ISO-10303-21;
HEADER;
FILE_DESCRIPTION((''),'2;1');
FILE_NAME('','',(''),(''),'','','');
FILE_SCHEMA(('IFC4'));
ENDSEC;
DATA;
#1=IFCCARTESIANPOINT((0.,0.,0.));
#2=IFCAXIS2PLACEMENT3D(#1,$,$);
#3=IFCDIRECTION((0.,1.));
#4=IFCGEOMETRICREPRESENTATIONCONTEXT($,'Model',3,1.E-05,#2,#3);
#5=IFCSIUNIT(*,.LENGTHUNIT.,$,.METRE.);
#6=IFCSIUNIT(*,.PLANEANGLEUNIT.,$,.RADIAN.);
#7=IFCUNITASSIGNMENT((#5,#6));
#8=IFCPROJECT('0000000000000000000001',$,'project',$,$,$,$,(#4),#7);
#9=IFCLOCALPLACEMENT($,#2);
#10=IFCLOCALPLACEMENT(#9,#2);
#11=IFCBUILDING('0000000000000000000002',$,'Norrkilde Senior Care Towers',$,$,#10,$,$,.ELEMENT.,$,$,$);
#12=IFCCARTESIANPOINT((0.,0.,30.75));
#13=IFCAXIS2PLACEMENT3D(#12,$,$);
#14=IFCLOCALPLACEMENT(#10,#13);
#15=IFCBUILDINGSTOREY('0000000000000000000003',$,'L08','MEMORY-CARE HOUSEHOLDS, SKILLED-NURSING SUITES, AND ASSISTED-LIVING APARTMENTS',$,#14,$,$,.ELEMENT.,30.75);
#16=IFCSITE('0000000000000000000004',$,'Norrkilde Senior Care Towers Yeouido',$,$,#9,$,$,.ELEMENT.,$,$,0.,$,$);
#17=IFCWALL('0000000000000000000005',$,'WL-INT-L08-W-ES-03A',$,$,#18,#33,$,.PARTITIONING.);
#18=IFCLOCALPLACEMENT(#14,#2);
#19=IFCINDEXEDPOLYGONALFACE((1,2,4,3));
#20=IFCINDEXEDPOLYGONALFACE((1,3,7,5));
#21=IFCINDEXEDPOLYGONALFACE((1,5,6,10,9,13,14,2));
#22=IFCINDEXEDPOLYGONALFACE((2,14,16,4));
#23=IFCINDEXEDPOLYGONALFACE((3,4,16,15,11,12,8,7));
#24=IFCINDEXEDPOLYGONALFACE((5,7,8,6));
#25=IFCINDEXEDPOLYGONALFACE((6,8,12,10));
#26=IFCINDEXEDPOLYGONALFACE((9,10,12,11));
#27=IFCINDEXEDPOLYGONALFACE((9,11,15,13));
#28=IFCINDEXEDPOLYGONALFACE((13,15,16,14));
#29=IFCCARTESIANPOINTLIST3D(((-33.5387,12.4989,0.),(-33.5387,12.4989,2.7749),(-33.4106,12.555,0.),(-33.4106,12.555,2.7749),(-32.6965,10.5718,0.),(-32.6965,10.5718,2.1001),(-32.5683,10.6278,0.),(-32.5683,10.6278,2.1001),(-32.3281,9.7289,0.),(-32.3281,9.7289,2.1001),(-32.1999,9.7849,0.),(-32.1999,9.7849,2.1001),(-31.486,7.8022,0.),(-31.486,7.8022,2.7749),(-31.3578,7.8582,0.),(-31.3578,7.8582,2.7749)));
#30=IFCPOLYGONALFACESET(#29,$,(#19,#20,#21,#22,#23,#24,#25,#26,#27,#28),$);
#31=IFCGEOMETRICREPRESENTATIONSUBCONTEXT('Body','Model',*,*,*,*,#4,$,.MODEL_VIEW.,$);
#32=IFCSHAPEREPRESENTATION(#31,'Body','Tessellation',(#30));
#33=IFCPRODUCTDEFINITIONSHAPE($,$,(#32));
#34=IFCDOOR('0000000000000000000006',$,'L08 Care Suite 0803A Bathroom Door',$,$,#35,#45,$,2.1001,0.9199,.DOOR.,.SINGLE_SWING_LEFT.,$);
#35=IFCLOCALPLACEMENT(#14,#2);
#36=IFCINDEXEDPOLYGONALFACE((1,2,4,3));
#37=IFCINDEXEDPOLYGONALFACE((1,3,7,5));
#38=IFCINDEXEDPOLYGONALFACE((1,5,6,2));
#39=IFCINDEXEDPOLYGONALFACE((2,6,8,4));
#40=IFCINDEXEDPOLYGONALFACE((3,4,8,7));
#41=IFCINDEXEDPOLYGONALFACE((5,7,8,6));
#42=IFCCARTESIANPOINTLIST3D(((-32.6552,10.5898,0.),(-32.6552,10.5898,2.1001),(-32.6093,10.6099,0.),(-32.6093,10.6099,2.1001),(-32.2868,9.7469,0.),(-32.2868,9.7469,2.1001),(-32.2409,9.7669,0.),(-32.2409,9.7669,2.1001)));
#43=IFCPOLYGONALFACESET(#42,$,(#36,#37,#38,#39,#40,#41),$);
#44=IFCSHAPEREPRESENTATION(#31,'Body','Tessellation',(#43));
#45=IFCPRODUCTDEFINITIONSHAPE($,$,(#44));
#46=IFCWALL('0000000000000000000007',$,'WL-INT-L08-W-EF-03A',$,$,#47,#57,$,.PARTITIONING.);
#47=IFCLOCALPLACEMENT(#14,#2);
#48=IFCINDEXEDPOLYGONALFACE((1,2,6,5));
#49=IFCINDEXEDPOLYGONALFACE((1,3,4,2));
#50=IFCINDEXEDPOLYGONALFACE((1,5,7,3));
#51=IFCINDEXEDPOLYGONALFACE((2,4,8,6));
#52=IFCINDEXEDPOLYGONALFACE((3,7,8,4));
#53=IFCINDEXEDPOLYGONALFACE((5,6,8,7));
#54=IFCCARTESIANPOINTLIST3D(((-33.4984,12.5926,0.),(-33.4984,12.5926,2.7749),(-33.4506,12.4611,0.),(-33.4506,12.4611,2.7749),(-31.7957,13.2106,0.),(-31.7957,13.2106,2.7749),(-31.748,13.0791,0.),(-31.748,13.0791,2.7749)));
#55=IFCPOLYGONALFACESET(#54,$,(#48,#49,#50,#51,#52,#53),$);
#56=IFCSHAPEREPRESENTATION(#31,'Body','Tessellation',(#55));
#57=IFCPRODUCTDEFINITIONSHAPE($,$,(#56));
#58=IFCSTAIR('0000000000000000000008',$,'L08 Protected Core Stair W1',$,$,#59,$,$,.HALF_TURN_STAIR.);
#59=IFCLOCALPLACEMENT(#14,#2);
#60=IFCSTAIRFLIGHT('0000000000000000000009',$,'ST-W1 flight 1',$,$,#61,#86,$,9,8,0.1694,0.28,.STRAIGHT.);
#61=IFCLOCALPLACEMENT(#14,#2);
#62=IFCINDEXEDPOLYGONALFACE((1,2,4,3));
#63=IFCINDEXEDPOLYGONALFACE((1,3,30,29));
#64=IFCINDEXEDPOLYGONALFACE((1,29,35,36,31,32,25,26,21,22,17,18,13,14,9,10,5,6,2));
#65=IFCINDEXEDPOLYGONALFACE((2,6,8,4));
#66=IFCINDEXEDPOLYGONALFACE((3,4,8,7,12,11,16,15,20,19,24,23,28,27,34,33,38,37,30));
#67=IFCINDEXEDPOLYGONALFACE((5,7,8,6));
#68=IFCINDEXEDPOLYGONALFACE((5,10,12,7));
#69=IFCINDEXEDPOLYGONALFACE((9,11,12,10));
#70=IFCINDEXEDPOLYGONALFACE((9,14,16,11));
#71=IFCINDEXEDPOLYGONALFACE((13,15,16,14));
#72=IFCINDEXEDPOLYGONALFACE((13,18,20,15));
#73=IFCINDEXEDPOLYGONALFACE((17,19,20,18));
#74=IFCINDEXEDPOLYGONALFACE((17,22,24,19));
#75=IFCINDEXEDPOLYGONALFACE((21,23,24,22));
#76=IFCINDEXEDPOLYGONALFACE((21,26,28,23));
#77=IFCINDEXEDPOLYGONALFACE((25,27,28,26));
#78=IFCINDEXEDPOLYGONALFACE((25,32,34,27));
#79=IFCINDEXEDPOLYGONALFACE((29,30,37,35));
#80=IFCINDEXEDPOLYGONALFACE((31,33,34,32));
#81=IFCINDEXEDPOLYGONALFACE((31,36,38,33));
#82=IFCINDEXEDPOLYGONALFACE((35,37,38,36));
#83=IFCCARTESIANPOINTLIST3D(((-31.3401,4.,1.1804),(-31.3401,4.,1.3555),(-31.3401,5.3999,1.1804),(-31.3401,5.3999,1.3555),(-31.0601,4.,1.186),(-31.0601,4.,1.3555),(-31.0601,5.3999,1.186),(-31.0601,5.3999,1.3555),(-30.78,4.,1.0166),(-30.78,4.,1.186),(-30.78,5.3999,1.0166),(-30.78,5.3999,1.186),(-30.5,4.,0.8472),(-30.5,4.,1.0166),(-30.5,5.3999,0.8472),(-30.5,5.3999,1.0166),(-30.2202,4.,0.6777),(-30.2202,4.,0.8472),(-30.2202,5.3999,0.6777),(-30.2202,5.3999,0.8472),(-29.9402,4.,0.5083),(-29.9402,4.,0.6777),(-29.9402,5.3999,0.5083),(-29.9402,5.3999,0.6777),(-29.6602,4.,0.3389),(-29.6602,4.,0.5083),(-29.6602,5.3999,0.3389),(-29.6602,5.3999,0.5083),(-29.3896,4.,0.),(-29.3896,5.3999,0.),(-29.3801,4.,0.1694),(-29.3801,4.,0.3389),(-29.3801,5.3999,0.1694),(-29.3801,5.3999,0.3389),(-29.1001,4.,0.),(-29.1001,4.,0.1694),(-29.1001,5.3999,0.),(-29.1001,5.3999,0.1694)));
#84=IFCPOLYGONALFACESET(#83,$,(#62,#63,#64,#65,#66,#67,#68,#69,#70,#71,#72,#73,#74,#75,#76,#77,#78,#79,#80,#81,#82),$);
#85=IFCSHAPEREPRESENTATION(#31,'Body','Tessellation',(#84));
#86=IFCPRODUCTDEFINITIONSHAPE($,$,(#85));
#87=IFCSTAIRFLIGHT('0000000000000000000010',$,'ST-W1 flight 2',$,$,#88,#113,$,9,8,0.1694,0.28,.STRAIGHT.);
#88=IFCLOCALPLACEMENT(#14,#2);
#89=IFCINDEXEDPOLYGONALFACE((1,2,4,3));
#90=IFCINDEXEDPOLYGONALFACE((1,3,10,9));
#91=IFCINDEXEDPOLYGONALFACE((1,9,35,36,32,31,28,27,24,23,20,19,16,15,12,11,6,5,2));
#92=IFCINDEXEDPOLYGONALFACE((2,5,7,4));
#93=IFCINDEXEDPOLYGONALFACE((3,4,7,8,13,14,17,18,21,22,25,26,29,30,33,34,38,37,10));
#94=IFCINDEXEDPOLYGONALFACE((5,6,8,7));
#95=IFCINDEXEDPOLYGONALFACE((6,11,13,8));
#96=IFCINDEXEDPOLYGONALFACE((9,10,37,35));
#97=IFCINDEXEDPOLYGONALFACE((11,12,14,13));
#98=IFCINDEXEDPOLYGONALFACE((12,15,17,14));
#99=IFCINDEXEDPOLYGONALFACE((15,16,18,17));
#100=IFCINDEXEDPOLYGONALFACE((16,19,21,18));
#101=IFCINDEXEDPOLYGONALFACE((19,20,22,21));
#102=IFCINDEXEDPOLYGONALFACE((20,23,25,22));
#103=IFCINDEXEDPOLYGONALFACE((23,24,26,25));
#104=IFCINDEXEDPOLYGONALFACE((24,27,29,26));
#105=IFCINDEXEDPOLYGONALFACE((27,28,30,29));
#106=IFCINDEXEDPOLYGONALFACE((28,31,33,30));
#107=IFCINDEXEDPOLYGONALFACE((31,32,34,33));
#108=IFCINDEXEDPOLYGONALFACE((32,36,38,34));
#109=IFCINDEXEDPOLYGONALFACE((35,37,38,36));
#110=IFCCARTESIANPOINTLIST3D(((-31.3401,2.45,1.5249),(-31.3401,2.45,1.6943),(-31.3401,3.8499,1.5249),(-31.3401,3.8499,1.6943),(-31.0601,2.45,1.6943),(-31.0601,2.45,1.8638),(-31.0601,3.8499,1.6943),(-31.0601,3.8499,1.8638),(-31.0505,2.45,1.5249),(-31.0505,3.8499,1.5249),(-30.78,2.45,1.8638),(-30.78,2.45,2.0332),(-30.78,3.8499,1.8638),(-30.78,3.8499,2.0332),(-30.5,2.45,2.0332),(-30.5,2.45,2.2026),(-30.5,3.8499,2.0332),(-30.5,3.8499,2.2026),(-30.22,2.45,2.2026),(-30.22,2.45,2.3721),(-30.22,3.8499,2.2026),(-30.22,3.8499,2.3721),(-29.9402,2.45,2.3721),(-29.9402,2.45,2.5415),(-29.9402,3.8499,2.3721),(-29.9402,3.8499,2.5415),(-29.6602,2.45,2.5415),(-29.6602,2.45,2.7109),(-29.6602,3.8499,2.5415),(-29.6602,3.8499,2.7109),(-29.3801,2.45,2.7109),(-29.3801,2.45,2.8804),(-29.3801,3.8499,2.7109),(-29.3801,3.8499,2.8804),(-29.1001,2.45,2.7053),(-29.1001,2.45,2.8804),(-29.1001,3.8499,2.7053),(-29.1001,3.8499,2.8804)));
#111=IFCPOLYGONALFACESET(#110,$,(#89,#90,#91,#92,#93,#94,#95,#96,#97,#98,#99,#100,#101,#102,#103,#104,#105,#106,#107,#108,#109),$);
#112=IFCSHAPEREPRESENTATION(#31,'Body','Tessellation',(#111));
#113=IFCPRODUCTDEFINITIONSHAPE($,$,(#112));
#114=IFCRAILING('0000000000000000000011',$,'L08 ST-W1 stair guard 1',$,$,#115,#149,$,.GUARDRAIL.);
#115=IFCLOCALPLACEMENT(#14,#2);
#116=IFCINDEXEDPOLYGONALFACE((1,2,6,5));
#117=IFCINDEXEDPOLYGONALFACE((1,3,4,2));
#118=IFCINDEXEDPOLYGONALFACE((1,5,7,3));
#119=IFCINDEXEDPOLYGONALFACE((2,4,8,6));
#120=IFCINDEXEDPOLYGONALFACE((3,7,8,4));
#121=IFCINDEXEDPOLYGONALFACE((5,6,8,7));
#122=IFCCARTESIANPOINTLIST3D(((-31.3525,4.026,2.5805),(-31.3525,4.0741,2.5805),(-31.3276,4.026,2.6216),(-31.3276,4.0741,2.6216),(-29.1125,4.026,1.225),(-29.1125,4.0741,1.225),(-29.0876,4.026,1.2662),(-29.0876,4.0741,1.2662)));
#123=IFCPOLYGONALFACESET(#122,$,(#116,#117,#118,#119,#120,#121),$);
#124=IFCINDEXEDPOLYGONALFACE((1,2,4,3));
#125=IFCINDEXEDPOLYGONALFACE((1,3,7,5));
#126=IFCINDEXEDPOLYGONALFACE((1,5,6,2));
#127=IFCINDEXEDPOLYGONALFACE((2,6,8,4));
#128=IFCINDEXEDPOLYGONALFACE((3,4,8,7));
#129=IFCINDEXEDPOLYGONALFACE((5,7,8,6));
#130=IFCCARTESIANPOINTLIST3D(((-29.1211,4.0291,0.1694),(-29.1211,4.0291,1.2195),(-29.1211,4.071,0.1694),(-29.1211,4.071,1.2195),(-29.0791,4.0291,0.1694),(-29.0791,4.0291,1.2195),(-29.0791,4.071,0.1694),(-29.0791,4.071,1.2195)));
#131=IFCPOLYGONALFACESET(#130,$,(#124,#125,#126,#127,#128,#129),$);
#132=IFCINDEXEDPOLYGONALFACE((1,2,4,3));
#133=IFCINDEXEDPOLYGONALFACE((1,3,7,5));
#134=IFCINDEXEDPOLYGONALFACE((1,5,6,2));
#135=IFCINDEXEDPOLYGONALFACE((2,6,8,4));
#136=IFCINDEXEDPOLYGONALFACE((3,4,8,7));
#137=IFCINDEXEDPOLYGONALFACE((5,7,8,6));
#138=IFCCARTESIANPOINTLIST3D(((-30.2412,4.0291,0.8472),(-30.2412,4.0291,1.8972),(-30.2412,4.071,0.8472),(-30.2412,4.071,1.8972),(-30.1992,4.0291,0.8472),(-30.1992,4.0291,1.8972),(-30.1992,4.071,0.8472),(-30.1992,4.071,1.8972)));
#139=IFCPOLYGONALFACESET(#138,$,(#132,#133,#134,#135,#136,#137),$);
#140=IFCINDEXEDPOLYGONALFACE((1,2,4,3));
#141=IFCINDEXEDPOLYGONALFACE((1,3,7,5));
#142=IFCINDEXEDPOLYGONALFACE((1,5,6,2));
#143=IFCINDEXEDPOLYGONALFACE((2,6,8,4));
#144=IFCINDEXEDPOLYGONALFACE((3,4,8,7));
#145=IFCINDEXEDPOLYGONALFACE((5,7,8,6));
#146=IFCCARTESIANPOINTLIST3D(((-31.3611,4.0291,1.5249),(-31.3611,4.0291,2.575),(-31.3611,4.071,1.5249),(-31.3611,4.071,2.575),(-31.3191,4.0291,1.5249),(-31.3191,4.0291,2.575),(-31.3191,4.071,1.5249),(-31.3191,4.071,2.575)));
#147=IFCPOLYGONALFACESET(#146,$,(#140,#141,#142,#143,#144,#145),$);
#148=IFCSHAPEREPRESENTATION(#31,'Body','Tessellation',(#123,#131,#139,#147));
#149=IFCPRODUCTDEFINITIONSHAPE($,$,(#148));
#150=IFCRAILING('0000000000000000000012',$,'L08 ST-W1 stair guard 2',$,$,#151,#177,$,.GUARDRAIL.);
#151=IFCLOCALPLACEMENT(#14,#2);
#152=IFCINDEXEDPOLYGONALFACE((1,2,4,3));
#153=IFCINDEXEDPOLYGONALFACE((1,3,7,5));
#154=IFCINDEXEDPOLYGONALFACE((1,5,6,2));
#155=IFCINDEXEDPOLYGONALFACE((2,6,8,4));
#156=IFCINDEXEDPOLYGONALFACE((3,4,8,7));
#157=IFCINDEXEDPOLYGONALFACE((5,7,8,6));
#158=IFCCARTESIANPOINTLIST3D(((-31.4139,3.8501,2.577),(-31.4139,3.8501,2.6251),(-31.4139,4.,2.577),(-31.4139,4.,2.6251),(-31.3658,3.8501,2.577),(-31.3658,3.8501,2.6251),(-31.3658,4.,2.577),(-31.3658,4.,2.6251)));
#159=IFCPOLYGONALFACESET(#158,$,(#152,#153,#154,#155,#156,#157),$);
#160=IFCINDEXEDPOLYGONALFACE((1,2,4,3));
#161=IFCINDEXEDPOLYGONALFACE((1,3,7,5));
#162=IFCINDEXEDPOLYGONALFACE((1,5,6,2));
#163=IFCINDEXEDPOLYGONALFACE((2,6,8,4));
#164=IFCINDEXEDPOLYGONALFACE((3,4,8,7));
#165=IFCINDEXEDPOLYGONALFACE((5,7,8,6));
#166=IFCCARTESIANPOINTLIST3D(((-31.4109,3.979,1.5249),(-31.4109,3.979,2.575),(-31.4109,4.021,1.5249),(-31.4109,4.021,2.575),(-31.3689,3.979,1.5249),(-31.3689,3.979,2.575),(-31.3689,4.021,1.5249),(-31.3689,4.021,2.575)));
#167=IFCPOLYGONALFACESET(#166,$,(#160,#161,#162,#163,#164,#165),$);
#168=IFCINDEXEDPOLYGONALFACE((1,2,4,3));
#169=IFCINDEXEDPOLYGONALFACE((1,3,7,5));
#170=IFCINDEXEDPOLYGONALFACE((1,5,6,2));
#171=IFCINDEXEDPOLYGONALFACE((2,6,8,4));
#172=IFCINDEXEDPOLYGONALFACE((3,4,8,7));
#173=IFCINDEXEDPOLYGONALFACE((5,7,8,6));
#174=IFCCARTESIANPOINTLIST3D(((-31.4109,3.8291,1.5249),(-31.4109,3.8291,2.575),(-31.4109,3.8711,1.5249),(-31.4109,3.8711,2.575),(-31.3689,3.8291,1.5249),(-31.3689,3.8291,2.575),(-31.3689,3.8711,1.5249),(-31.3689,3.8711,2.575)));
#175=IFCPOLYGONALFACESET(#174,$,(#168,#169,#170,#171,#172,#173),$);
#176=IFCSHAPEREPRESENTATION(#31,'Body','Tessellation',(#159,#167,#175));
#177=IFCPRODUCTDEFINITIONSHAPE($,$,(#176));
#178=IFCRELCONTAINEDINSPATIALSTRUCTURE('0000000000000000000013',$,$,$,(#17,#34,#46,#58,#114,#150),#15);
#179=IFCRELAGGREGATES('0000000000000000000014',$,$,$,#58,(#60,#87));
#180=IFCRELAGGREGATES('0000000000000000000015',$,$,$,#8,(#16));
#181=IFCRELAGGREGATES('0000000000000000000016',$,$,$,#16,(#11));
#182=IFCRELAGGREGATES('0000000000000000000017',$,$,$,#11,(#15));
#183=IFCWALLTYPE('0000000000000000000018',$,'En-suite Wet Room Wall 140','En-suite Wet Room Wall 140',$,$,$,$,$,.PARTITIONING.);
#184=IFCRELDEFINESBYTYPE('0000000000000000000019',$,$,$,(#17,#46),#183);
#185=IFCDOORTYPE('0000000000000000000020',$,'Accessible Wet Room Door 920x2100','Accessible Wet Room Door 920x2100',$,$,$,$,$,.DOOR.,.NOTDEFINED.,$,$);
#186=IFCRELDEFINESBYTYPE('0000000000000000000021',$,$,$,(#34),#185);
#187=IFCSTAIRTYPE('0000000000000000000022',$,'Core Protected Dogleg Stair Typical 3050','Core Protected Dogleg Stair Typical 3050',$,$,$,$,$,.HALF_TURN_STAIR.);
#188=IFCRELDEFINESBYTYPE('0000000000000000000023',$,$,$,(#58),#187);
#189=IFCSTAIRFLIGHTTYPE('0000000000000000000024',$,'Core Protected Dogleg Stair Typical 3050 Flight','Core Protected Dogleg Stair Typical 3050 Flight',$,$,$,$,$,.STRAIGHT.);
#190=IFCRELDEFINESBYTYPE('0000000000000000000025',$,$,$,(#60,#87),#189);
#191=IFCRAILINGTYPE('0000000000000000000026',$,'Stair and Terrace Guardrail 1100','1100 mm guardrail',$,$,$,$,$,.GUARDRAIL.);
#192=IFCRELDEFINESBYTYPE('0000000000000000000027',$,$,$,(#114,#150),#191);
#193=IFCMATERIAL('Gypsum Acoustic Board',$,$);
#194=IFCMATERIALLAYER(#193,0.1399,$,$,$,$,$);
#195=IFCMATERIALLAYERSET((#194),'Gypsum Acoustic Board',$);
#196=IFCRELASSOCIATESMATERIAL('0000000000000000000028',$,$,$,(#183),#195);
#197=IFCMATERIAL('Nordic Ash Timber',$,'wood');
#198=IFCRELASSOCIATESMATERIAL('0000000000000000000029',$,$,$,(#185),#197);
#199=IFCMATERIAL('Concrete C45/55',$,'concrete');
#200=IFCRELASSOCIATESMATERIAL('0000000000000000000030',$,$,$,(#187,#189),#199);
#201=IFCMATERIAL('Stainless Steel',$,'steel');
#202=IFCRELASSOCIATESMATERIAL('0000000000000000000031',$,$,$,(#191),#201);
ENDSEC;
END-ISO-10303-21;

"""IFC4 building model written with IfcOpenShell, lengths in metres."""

from ifc_helpers import new_model, si_unit, direction, frame, frame_2d, origin, origin_2d, place, context, subcontext, project, spatial, polyline, rectangle, outline, extrude, source, transform, mapped, material, layer, layer_set, type_object, type_shapes, element, fill, aggregate, save


model = new_model("IFC4")

# Units and contexts
model_context = context("Model", 3, precision=1e-05, world=origin(), true_north=direction((0.0, 1.0)))
body_context = subcontext(model_context, "Body", "Model", "MODEL_VIEW")
ifc_project = project(units=[si_unit("LENGTHUNIT", "METRE"), si_unit("PLANEANGLEUNIT", "RADIAN")], contexts=[model_context])

# Site, building, storey
site_placement = place(None, origin())
site = spatial("IfcSite", under=ifc_project, at=site_placement, Name="Norrkilde Senior Care Towers Yeouido", CompositionType="ELEMENT", RefElevation=0.0)
building_placement = place(site_placement, origin())
building = spatial("IfcBuilding", under=site, at=building_placement, Name="Norrkilde Senior Care Towers", CompositionType="ELEMENT")
storey_placement = place(building_placement, frame((0.0, 0.0, 30.75)))
storey = spatial("IfcBuildingStorey", under=building, at=storey_placement, Name="L08", Description="MEMORY-CARE HOUSEHOLDS, SKILLED-NURSING SUITES, AND ASSISTED-LIVING APARTMENTS", CompositionType="ELEMENT", Elevation=30.75)

# Shared definitions
ifc_material_1 = material(Name="Concrete C45/55", Category="concrete")
ifc_material_2 = material(Name="Stainless Steel", Category="steel")

# Shared definitions
ifc_material_3 = material(Name="Gypsum Acoustic Board")

# Wall, opening, door
ifc_layer_1 = layer(ifc_material_3, 0.1399)
ifc_layer_set_1 = layer_set([ifc_layer_1], Name="Gypsum Acoustic Board")
wall_type_1 = type_object("IfcWallType", Name="En-suite Wet Room Wall 140", Description="En-suite Wet Room Wall 140", PredefinedType="PARTITIONING", material=ifc_layer_set_1)
shared_shape_1 = source(origin(), body_context, "Body", "SweptSolid", [
    extrude(rectangle(XDim=5.1257, YDim=0.1399, at=frame_2d((2.563, 0.0))), origin(), (0.0, 0.0, 1.0), 2.7749),
])
wall_1_placement = place(storey_placement, frame((-31.4219, 7.8301, 0.0), z_axis=(0.0, 0.0, 1.0), x_axis=(-0.400474, 0.916308, 0.0)))
wall_1 = element("IfcWall", 1, at=wall_1_placement, inside=storey, type_object=wall_type_1, Name="WL-INT-L08-W-ES-03A", PredefinedType="PARTITIONING", context=body_context, shape_type="MappedRepresentation", body=[
    mapped(shared_shape_1, transform((0.0, 0.0, 0.0), x_axis=(1.0, 0.0, 0.0), y_axis=(0.0, 1.0, 0.0), z_axis=(0.0, 0.0, 1.0), scale=1.0)),
])
opening_1_placement = place(wall_1_placement, frame((2.1028, 0.0, 0.0)))
opening_1 = element("IfcOpeningElement", 2, at=opening_1_placement, cuts=wall_1, PredefinedType="OPENING", context=body_context, shape_type="SweptSolid", body=[
    extrude(rectangle(XDim=0.9199, YDim=2.1001, at=frame_2d((0.46, 1.05))), frame((0.0, 0.0798, 0.0), z_axis=(0.0, -1.0, 0.0), x_axis=(1.0, 0.0, 0.0)), (0.0, 0.0, 1.0), 0.1599),
])
ifc_material_4 = material(Name="Nordic Ash Timber", Category="wood")
door_type_1 = type_object("IfcDoorType", Name="Accessible Wet Room Door 920x2100", Description="Accessible Wet Room Door 920x2100", OperationType="NOTDEFINED", PredefinedType="DOOR", material=ifc_material_4)
shared_shape_2 = source(origin(), body_context, "Body", "SweptSolid", [
    extrude(rectangle(XDim=0.9199, YDim=2.1001, at=frame_2d((0.46, 1.05))), frame((0.0, 0.0249, 0.0), z_axis=(0.0, -1.0, 0.0), x_axis=(1.0, 0.0, 0.0)), (0.0, 0.0, 1.0), 0.05),
])
type_shapes(door_type_1, [shared_shape_2])
door_1_placement = place(opening_1_placement, origin())
door_1 = element("IfcDoor", 3, at=door_1_placement, inside=storey, type_object=door_type_1, Name="L08 Care Suite 0803A Bathroom Door", OperationType="SINGLE_SWING_LEFT", OverallHeight=2.1001, OverallWidth=0.9199, PredefinedType="DOOR", context=body_context, shape_type="MappedRepresentation", body=[
    mapped(shared_shape_2, transform((0.0, 0.0, 0.0), x_axis=(1.0, 0.0, 0.0), y_axis=(0.0, 1.0, 0.0), z_axis=(0.0, 0.0, 1.0), scale=1.0)),
])
fill(opening_1, door_1)

# Wall
shared_shape_3 = source(origin(), body_context, "Body", "SweptSolid", [
    extrude(rectangle(XDim=1.8113, YDim=0.1399, at=frame_2d((0.9058, 0.0))), origin(), (0.0, 0.0, 1.0), 2.7749),
])
type_shapes(wall_type_1, [shared_shape_1, shared_shape_3])
wall_2_placement = place(storey_placement, frame((-33.4746, 12.5269, 0.0), z_axis=(0.0, 0.0, 1.0), x_axis=(0.94001, 0.341148, 0.0)))
element("IfcWall", 4, at=wall_2_placement, inside=storey, type_object=wall_type_1, Name="WL-INT-L08-W-EF-03A", PredefinedType="PARTITIONING", context=body_context, shape_type="MappedRepresentation", body=[
    mapped(shared_shape_3, transform((0.0, 0.0, 0.0), x_axis=(1.0, 0.0, 0.0), y_axis=(0.0, 1.0, 0.0), z_axis=(0.0, 0.0, 1.0), scale=1.0)),
])

# Stair, stair flights
stair_type = type_object("IfcStairType", Name="Core Protected Dogleg Stair Typical 3050", Description="Core Protected Dogleg Stair Typical 3050", PredefinedType="HALF_TURN_STAIR", material=ifc_material_1)
stair_placement = place(storey_placement, origin())
stair = element("IfcStair", 5, at=stair_placement, inside=storey, type_object=stair_type, Name="L08 Protected Core Stair W1", PredefinedType="HALF_TURN_STAIR")
stair_flight_type = type_object("IfcStairFlightType", Name="Core Protected Dogleg Stair Typical 3050 Flight", Description="Core Protected Dogleg Stair Typical 3050 Flight", PredefinedType="STRAIGHT", material=ifc_material_1)
stair_flight_1_placement = place(storey_placement, frame((-29.1001, 4.7, 0.0), z_axis=(0.0, 0.0, 1.0), x_axis=(-1.0, 0.0, 0.0)))
stair_flight_1 = element("IfcStairFlight", 6, at=stair_flight_1_placement, type_object=stair_flight_type, Name="ST-W1 flight 1", NumberOfRisers=9, NumberOfTreads=8, PredefinedType="STRAIGHT", RiserHeight=0.1694, TreadLength=0.28, context=body_context, shape_type="SweptSolid", body=[
    extrude(outline(polyline([(0.0, 0.0), (0.0, 0.1694), (0.28, 0.1694), (0.28, 0.3389), (0.5601, 0.3389), (0.5601, 0.5083), (0.8401, 0.5083), (0.8401, 0.6777), (1.1201, 0.6777), (1.1201, 0.8472), (1.3999, 0.8472), (1.3999, 1.0166), (1.6799, 1.0166), (1.6799, 1.186), (1.96, 1.186), (1.96, 1.3555), (2.24, 1.3555), (2.24, 1.5249), (2.24, 1.1804), (0.2896, 0.0), (0.0, 0.0)])), frame((0.0, 0.7, 0.0), z_axis=(0.0, -1.0, 0.0), x_axis=(1.0, 0.0, 0.0)), (0.0, 0.0, 1.0), 1.3999),
])
stair_flight_2_placement = place(storey_placement, frame((-31.3401, 3.1499, 1.5249), z_axis=(0.0, 0.0, 1.0), x_axis=(1.0, 0.0, 0.0)))
stair_flight_2 = element("IfcStairFlight", 7, at=stair_flight_2_placement, type_object=stair_flight_type, Name="ST-W1 flight 2", NumberOfRisers=9, NumberOfTreads=8, PredefinedType="STRAIGHT", RiserHeight=0.1694, TreadLength=0.28, context=body_context, shape_type="SweptSolid", body=[
    extrude(outline(polyline([(0.0, 0.0), (0.0, 0.1694), (0.28, 0.1694), (0.28, 0.3389), (0.5601, 0.3389), (0.5601, 0.5083), (0.8401, 0.5083), (0.8401, 0.6777), (1.1201, 0.6777), (1.1201, 0.8472), (1.3999, 0.8472), (1.3999, 1.0166), (1.6799, 1.0166), (1.6799, 1.186), (1.96, 1.186), (1.96, 1.3555), (2.24, 1.3555), (2.24, 1.5249), (2.24, 1.1804), (0.2896, 0.0), (0.0, 0.0)])), frame((0.0, 0.7, 0.0), z_axis=(0.0, -1.0, 0.0), x_axis=(1.0, 0.0, 0.0)), (0.0, 0.0, 1.0), 1.3999),
])
aggregate(stair, [stair_flight_1, stair_flight_2])

# Railings
railing_type_1 = type_object("IfcRailingType", Name="Stair and Terrace Guardrail 1100", Description="1100 mm guardrail", PredefinedType="GUARDRAIL", material=ifc_material_2)
railing_1_placement = place(storey_placement, frame((-29.1001, 4.05, 0.1694)))
element("IfcRailing", 8, at=railing_1_placement, inside=storey, type_object=railing_type_1, Name="L08 ST-W1 stair guard 1", PredefinedType="GUARDRAIL", context=body_context, shape_type="SweptSolid", body=[
    extrude(rectangle(XDim=0.0481, YDim=0.0481, at=origin_2d()), frame((0.0, 0.0, 1.0762), z_axis=(-0.855553, 0.0, 0.517715), x_axis=(0.0, -1.0, 0.0)), (0.0, 0.0, 1.0), 2.6182),
    extrude(rectangle(XDim=0.042, YDim=0.042, at=origin_2d()), origin(), (0.0, 0.0, 1.0), 1.05),
    extrude(rectangle(XDim=0.042, YDim=0.042, at=origin_2d()), frame((-1.1201, 0.0, 0.6777)), (0.0, 0.0, 1.0), 1.05),
    extrude(rectangle(XDim=0.042, YDim=0.042, at=origin_2d()), frame((-2.24, 0.0, 1.3555)), (0.0, 0.0, 1.0), 1.05),
])
railing_2_placement = place(storey_placement, frame((-31.3899, 4.0, 1.5249)))
element("IfcRailing", 9, at=railing_2_placement, inside=storey, type_object=railing_type_1, Name="L08 ST-W1 stair guard 2", PredefinedType="GUARDRAIL", context=body_context, shape_type="SweptSolid", body=[
    extrude(rectangle(XDim=0.0481, YDim=0.0481, at=origin_2d()), frame((0.0, 0.0, 1.0762), z_axis=(0.0, -1.0, 0.0), x_axis=(1.0, 0.0, 0.0)), (0.0, 0.0, 1.0), 0.1499),
    extrude(rectangle(XDim=0.042, YDim=0.042, at=origin_2d()), origin(), (0.0, 0.0, 1.0), 1.05),
    extrude(rectangle(XDim=0.042, YDim=0.042, at=origin_2d()), frame((0.0, -0.1499, 0.0)), (0.0, 0.0, 1.0), 1.05),
])

save(model, "model.ifc")
